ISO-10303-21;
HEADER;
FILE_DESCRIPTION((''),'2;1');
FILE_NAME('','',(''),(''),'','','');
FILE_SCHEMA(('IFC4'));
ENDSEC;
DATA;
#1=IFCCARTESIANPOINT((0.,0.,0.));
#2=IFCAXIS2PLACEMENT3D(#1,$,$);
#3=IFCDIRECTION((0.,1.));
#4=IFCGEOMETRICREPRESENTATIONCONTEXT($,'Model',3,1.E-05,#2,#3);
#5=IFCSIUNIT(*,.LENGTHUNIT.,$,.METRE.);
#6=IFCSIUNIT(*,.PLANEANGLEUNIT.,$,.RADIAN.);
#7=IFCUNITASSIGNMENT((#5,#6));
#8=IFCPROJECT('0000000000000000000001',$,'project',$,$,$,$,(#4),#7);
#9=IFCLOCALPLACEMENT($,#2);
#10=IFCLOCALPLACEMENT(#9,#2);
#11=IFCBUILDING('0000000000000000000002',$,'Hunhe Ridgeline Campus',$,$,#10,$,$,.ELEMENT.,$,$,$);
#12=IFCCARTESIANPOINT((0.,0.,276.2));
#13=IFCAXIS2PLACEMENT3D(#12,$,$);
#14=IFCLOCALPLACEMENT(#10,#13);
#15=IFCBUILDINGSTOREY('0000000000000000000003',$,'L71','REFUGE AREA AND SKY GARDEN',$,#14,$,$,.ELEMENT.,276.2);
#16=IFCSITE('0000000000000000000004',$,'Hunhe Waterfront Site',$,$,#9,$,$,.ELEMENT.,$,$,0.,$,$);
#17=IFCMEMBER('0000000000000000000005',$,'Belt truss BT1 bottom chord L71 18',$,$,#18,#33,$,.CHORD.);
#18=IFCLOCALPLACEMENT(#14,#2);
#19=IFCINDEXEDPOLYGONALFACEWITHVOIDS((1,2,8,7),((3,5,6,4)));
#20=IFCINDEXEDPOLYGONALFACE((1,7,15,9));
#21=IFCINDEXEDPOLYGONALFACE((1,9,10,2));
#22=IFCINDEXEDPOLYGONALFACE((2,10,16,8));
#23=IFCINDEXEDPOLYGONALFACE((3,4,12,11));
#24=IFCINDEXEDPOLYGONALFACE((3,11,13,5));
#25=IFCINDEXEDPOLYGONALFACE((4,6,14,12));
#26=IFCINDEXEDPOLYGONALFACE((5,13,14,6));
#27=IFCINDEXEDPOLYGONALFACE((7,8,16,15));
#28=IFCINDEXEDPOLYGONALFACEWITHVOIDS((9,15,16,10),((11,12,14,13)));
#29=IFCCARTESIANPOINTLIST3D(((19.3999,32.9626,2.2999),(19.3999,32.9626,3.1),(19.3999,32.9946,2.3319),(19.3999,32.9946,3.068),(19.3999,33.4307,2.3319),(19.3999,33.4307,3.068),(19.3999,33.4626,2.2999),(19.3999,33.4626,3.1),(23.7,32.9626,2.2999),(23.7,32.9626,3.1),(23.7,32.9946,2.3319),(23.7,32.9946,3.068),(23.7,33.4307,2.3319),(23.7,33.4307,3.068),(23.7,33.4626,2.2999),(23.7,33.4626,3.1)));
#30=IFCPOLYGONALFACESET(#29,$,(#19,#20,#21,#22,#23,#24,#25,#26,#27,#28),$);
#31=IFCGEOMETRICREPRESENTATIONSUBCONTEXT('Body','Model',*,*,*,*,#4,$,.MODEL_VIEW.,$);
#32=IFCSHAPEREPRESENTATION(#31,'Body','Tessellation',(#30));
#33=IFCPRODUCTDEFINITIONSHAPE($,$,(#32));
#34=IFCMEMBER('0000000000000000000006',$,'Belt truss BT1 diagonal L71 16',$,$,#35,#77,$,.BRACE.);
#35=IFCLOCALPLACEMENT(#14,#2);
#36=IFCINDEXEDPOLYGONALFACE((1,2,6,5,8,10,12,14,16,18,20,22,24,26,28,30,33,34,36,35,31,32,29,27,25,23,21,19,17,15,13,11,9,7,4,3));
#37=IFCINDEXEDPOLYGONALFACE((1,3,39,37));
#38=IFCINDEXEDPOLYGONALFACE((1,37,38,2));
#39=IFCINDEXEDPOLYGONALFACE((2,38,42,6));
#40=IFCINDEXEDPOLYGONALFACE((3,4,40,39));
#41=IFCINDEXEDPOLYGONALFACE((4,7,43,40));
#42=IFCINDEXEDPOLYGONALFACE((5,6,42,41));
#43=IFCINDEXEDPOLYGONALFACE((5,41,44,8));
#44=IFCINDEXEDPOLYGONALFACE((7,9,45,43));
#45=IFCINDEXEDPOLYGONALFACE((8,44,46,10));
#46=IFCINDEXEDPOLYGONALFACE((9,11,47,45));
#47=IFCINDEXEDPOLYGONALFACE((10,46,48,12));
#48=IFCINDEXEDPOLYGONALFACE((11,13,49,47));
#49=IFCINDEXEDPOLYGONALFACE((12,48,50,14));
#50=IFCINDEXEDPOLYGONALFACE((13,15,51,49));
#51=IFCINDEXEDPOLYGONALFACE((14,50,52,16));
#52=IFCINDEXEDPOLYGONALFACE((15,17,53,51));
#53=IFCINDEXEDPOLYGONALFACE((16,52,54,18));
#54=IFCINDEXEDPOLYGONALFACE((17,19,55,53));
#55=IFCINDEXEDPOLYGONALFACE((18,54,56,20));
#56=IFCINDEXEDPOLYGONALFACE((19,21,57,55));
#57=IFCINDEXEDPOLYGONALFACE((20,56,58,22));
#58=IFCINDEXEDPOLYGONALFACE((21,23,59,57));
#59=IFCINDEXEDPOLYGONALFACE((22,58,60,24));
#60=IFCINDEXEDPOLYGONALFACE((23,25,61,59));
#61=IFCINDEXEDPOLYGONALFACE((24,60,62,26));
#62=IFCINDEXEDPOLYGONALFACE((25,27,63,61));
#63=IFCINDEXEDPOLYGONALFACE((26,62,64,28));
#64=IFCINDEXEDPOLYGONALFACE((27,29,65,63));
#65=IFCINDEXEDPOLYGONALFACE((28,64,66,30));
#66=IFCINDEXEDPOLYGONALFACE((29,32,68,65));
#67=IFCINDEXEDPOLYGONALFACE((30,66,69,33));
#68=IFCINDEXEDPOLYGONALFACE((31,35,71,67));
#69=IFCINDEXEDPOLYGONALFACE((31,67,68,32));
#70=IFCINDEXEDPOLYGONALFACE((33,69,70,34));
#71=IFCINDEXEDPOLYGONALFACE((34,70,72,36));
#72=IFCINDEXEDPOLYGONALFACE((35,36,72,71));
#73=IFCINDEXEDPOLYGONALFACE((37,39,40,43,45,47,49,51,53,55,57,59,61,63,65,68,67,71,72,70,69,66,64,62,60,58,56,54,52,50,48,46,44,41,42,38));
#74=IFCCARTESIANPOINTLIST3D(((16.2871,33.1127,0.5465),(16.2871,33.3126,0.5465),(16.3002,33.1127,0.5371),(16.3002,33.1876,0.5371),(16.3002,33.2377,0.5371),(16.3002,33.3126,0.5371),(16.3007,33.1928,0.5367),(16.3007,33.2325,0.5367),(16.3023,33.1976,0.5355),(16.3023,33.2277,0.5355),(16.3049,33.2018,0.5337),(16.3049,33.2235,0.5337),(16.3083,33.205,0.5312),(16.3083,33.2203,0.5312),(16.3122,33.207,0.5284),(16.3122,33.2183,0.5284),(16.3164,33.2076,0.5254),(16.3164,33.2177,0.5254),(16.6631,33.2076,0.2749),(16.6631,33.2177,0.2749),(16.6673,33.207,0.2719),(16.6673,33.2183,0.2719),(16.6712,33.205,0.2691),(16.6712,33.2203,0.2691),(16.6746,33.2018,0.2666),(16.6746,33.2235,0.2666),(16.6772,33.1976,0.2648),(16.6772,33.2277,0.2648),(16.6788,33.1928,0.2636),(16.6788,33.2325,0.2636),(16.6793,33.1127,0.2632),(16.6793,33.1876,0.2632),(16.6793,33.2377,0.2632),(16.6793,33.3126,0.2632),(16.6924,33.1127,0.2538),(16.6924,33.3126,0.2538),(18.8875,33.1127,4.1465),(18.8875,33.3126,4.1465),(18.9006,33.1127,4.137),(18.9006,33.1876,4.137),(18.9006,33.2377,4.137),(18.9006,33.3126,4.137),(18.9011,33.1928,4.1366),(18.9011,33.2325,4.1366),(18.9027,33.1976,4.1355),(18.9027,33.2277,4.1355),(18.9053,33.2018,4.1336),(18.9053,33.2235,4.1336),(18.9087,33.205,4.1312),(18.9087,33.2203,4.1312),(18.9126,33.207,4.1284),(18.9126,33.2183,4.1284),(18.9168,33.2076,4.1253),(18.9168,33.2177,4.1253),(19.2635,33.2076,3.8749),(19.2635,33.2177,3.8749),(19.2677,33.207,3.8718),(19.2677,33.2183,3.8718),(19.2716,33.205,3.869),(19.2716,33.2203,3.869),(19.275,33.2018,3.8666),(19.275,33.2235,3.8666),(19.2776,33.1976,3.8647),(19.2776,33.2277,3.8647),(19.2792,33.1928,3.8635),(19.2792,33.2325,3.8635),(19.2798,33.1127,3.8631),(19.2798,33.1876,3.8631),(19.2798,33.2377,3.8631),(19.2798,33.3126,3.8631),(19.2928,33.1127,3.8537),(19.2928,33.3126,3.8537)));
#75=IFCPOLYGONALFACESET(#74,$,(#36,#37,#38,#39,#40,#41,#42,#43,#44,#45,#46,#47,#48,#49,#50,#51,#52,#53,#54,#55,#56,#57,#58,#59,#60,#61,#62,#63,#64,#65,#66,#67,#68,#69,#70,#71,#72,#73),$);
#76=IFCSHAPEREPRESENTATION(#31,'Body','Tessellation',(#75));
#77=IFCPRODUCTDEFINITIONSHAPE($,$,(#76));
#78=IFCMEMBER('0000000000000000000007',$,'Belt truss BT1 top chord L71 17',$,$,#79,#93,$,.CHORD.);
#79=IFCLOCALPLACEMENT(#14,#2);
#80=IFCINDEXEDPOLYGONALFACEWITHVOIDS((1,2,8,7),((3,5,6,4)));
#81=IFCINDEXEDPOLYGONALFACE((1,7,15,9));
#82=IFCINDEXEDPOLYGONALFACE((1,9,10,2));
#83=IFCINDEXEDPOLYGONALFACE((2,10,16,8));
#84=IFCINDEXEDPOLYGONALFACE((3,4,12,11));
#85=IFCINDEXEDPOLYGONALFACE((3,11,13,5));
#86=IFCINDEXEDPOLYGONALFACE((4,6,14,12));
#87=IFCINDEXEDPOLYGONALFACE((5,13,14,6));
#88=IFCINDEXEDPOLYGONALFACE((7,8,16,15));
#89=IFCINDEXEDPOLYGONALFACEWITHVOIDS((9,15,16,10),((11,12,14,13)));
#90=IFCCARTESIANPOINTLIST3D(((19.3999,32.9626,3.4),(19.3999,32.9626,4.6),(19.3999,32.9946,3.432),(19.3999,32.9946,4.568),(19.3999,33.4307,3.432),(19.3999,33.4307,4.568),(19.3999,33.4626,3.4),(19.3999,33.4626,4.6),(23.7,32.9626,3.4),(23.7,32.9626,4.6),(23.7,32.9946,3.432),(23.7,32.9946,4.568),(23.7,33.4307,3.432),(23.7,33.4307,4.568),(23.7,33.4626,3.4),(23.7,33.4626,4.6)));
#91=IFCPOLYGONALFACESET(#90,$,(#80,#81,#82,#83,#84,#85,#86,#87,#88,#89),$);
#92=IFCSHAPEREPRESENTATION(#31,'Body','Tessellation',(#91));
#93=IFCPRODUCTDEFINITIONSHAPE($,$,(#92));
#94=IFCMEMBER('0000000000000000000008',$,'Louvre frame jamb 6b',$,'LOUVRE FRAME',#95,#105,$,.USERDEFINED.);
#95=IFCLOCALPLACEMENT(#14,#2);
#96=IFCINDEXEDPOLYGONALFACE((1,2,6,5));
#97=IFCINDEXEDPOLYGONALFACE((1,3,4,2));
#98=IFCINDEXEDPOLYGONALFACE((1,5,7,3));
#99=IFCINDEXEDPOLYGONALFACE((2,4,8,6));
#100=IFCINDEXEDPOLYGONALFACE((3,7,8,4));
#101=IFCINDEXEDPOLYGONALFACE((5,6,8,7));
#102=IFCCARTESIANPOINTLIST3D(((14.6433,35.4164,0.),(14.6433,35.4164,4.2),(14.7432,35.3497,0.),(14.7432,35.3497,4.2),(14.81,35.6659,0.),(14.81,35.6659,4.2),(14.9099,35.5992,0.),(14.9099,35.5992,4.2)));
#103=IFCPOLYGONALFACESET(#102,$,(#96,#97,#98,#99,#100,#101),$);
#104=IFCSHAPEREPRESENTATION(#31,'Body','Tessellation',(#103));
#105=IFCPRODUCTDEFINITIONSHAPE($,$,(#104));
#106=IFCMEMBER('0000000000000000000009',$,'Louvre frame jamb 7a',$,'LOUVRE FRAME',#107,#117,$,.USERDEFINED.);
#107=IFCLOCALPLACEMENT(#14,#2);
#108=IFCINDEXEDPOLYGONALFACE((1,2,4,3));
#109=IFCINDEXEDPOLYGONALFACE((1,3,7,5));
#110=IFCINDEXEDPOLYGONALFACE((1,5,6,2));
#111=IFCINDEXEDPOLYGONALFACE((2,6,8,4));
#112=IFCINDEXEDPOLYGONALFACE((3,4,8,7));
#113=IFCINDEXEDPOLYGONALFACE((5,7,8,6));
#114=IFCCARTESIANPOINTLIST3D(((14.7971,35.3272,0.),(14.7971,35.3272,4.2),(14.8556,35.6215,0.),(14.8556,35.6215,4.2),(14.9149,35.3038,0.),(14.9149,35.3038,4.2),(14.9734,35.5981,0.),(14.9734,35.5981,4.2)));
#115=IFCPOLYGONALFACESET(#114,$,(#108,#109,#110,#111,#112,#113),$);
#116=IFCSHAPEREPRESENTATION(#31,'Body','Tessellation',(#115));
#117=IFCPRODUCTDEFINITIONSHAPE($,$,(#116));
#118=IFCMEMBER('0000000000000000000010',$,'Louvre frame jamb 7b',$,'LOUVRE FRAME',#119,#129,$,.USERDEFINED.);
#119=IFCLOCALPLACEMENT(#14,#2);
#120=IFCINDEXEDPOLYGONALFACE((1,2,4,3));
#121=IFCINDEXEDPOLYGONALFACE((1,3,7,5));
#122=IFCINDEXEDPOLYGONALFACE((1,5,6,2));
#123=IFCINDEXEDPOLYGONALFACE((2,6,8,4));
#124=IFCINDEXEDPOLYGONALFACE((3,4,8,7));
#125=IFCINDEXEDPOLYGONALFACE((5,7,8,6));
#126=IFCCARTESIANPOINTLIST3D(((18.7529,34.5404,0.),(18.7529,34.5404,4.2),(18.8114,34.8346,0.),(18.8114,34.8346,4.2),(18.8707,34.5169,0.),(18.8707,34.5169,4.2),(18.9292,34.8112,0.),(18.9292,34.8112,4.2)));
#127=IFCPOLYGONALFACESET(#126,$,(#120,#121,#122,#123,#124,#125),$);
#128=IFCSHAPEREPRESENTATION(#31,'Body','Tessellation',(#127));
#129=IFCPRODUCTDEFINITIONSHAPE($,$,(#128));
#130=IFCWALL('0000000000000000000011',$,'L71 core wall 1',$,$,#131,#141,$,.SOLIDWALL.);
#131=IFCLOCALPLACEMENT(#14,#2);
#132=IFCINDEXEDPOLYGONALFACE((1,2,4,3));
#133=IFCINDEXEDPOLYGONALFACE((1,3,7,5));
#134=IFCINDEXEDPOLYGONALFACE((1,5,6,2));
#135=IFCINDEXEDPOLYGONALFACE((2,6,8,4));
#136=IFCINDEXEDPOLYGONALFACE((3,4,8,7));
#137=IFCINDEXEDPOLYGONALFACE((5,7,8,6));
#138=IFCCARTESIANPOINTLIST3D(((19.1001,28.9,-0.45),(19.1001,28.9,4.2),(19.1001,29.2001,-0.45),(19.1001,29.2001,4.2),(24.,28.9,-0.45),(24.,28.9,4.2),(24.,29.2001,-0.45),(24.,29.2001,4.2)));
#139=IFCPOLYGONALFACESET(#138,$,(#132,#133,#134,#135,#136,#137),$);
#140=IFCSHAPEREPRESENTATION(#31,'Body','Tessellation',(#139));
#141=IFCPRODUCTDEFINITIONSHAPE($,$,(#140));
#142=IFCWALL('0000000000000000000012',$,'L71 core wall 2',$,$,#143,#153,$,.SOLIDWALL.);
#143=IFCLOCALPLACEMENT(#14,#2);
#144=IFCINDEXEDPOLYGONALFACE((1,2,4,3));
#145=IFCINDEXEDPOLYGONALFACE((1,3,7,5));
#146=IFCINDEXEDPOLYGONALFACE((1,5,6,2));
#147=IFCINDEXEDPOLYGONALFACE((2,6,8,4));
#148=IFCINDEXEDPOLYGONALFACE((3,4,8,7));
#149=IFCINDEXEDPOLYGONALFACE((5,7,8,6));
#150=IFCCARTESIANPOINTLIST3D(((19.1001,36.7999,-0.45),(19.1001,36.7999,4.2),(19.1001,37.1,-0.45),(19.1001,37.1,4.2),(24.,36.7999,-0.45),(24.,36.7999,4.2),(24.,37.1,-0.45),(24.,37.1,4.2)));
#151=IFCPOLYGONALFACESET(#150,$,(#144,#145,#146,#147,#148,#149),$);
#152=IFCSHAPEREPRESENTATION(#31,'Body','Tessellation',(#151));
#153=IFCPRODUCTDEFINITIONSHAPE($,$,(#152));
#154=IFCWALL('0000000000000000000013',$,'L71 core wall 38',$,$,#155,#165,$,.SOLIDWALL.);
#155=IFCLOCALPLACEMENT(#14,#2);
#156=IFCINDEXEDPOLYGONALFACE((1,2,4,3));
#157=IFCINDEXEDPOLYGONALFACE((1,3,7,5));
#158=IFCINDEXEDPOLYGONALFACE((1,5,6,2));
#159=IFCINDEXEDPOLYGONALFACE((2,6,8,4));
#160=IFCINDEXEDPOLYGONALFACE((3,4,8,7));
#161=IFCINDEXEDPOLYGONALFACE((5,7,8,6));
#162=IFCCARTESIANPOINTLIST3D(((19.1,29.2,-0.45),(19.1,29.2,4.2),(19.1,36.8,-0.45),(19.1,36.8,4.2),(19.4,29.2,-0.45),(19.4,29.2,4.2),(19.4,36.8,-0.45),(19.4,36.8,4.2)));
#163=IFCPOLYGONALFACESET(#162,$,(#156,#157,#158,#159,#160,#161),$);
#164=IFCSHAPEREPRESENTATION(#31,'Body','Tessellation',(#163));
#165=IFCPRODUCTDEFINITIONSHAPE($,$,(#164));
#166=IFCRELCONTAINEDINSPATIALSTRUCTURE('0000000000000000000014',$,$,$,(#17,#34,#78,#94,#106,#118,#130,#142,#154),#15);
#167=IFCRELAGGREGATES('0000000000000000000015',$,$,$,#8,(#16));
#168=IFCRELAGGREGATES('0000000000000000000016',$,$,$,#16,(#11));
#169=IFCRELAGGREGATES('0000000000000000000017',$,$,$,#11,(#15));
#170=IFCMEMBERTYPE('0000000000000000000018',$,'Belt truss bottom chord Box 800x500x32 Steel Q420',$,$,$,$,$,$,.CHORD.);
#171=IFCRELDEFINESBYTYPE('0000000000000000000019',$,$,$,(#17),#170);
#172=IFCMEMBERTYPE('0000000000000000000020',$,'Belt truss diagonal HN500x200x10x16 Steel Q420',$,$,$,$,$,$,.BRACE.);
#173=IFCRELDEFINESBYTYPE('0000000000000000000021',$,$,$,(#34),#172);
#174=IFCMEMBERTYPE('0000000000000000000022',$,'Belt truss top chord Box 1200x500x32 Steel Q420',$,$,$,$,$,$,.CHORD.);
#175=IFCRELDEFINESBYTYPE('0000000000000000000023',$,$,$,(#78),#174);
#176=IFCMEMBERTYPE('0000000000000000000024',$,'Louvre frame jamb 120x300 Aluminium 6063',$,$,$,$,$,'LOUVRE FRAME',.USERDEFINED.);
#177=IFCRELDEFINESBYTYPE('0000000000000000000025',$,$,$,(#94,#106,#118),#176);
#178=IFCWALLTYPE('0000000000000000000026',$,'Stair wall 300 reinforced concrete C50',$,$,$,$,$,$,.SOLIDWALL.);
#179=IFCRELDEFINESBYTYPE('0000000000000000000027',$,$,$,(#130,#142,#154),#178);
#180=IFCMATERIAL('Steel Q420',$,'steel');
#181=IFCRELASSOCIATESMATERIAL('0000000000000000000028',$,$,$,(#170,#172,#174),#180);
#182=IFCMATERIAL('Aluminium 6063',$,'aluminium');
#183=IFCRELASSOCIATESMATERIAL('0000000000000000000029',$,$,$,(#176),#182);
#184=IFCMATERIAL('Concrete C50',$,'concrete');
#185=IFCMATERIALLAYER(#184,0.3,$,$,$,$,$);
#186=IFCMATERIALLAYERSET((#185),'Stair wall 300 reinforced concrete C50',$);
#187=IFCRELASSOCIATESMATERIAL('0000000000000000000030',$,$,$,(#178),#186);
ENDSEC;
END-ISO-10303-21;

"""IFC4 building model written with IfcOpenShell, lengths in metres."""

from ifc_helpers import new_model, si_unit, direction, frame, frame_2d, origin, origin_2d, place, context, subcontext, project, spatial, rectangle, hollow_rectangle, i_section, extrude, material, layer, layer_set, material_profile, profile_set, type_object, element, save


model = new_model("IFC4")

# Units and contexts
model_context = context("Model", 3, precision=1e-05, world=origin(), true_north=direction((0.0, 1.0)))
body_context = subcontext(model_context, "Body", "Model", "MODEL_VIEW")
ifc_project = project(units=[si_unit("LENGTHUNIT", "METRE"), si_unit("PLANEANGLEUNIT", "RADIAN")], contexts=[model_context])

# Site, building, storey
site_placement = place(None, origin())
site = spatial("IfcSite", under=ifc_project, at=site_placement, Name="Hunhe Waterfront Site", CompositionType="ELEMENT", RefElevation=0.0)
building_placement = place(site_placement, origin())
building = spatial("IfcBuilding", under=site, at=building_placement, Name="Hunhe Ridgeline Campus", CompositionType="ELEMENT")
storey_placement = place(building_placement, frame((0.0, 0.0, 276.2)))
storey = spatial("IfcBuildingStorey", under=building, at=storey_placement, Name="L71", Description="REFUGE AREA AND SKY GARDEN", CompositionType="ELEMENT", Elevation=276.2)

# Members
ifc_material_1 = material(Name="Steel Q420", Category="steel")
ifc_material_profile_1 = material_profile(ifc_material_1, hollow_rectangle(XDim=0.5, YDim=0.8, WallThickness=0.032, at=origin_2d()))
ifc_profile_set_1 = profile_set([ifc_material_profile_1], Name="Steel Q420")
member_type_1 = type_object("IfcMemberType", Name="Belt truss bottom chord Box 800x500x32 Steel Q420", PredefinedType="CHORD", material=ifc_profile_set_1)
member_1_placement = place(storey_placement, frame((19.3999, 33.2126, 2.7), z_axis=(1.0, 0.0, 0.0), x_axis=(0.0, 1.0, 0.0)))
element("IfcMember", 1, at=member_1_placement, inside=storey, type_object=member_type_1, Name="Belt truss BT1 bottom chord L71 18", PredefinedType="CHORD", context=body_context, shape_type="SweptSolid", body=[
    extrude(hollow_rectangle(XDim=0.5, YDim=0.8, WallThickness=0.032, at=origin_2d()), origin(), (0.0, 0.0, 1.0), 4.3),
])
ifc_material_profile_2 = material_profile(ifc_material_1, i_section(OverallWidth=0.2, OverallDepth=0.5, WebThickness=0.01, FlangeThickness=0.0161, FilletRadius=0.02, at=origin_2d()))
ifc_profile_set_2 = profile_set([ifc_material_profile_2], Name="Steel Q420")
member_type_2 = type_object("IfcMemberType", Name="Belt truss diagonal HN500x200x10x16 Steel Q420", PredefinedType="BRACE", material=ifc_profile_set_2)
member_2_placement = place(storey_placement, frame((16.4897, 33.2126, 0.4001), z_axis=(0.585557, 0.0, 0.810631), x_axis=(0.0, 1.0, 0.0)))
element("IfcMember", 2, at=member_2_placement, inside=storey, type_object=member_type_2, Name="Belt truss BT1 diagonal L71 16", PredefinedType="BRACE", context=body_context, shape_type="SweptSolid", body=[
    extrude(i_section(OverallWidth=0.2, OverallDepth=0.5, WebThickness=0.01, FlangeThickness=0.0161, FilletRadius=0.02, at=origin_2d()), origin(), (0.0, 0.0, 1.0), 4.4409),
])
ifc_material_profile_3 = material_profile(ifc_material_1, hollow_rectangle(XDim=0.5, YDim=1.2, WallThickness=0.032, at=origin_2d()))
ifc_profile_set_3 = profile_set([ifc_material_profile_3], Name="Steel Q420")
member_type_3 = type_object("IfcMemberType", Name="Belt truss top chord Box 1200x500x32 Steel Q420", PredefinedType="CHORD", material=ifc_profile_set_3)
member_3_placement = place(storey_placement, frame((19.3999, 33.2126, 4.0), z_axis=(1.0, 0.0, 0.0), x_axis=(0.0, 1.0, 0.0)))
element("IfcMember", 3, at=member_3_placement, inside=storey, type_object=member_type_3, Name="Belt truss BT1 top chord L71 17", PredefinedType="CHORD", context=body_context, shape_type="SweptSolid", body=[
    extrude(hollow_rectangle(XDim=0.5, YDim=1.2, WallThickness=0.032, at=origin_2d()), origin(), (0.0, 0.0, 1.0), 4.3),
])
ifc_material_2 = material(Name="Aluminium 6063", Category="aluminium")
ifc_material_profile_4 = material_profile(ifc_material_2, rectangle(XDim=0.3, YDim=0.1201, at=origin_2d()))
ifc_profile_set_4 = profile_set([ifc_material_profile_4], Name="Aluminium 6063")
member_type_4 = type_object("IfcMemberType", Name="Louvre frame jamb 120x300 Aluminium 6063", ElementType="LOUVRE FRAME", PredefinedType="USERDEFINED", material=ifc_profile_set_4)
for number, where, z_axis, x_axis, name in (
    (4, (14.7766, 35.5078, 0.0), (0.0, 0.0, 1.0), (0.55557, 0.83147, 0.0), "Louvre frame jamb 6b"),
    (5, (14.8853, 35.4626, 0.0), (0.0, 0.0, 1.0), (0.19509, 0.980785, 0.0), "Louvre frame jamb 7a"),
    (6, (18.8411, 34.6758, 0.0), (0.0, 0.0, 1.0), (0.19509, 0.980785, 0.0), "Louvre frame jamb 7b"),
):
    element("IfcMember", number, at=place(storey_placement, frame(where, z_axis=z_axis, x_axis=x_axis)), inside=storey, type_object=member_type_4, Name=name, ObjectType="LOUVRE FRAME", PredefinedType="USERDEFINED", context=body_context, shape_type="SweptSolid", body=[
        extrude(rectangle(XDim=0.3, YDim=0.1201, at=origin_2d()), origin(), (0.0, 0.0, 1.0), 4.2),
    ])

# Walls
ifc_material_3 = material(Name="Concrete C50", Category="concrete")
ifc_layer_1 = layer(ifc_material_3, 0.3)
ifc_layer_set_1 = layer_set([ifc_layer_1], Name="Stair wall 300 reinforced concrete C50")
wall_type = type_object("IfcWallType", Name="Stair wall 300 reinforced concrete C50", PredefinedType="SOLIDWALL", material=ifc_layer_set_1)
for number, where, z_axis, x_axis, name in (
    (7, (19.1001, 29.05, -0.45), (0.0, 0.0, 1.0), (1.0, 0.0, 0.0), "L71 core wall 1"),
    (8, (19.1001, 36.95, -0.45), (0.0, 0.0, 1.0), (1.0, 0.0, 0.0), "L71 core wall 2"),
):
    element("IfcWall", number, at=place(storey_placement, frame(where, z_axis=z_axis, x_axis=x_axis)), inside=storey, type_object=wall_type, Name=name, PredefinedType="SOLIDWALL", context=body_context, shape_type="SweptSolid", body=[
        extrude(rectangle(XDim=4.8999, YDim=0.3, at=frame_2d((2.45, 0.0))), origin(), (0.0, 0.0, 1.0), 4.6499),
    ])
wall_1_placement = place(storey_placement, frame((19.25, 29.2, -0.45), z_axis=(0.0, 0.0, 1.0), x_axis=(0.0, 1.0, 0.0)))
element("IfcWall", 9, at=wall_1_placement, inside=storey, type_object=wall_type, Name="L71 core wall 38", PredefinedType="SOLIDWALL", context=body_context, shape_type="SweptSolid", body=[
    extrude(rectangle(XDim=7.6001, YDim=0.3, at=frame_2d((3.8, 0.0))), origin(), (0.0, 0.0, 1.0), 4.6499),
])

save(model, "model.ifc")
